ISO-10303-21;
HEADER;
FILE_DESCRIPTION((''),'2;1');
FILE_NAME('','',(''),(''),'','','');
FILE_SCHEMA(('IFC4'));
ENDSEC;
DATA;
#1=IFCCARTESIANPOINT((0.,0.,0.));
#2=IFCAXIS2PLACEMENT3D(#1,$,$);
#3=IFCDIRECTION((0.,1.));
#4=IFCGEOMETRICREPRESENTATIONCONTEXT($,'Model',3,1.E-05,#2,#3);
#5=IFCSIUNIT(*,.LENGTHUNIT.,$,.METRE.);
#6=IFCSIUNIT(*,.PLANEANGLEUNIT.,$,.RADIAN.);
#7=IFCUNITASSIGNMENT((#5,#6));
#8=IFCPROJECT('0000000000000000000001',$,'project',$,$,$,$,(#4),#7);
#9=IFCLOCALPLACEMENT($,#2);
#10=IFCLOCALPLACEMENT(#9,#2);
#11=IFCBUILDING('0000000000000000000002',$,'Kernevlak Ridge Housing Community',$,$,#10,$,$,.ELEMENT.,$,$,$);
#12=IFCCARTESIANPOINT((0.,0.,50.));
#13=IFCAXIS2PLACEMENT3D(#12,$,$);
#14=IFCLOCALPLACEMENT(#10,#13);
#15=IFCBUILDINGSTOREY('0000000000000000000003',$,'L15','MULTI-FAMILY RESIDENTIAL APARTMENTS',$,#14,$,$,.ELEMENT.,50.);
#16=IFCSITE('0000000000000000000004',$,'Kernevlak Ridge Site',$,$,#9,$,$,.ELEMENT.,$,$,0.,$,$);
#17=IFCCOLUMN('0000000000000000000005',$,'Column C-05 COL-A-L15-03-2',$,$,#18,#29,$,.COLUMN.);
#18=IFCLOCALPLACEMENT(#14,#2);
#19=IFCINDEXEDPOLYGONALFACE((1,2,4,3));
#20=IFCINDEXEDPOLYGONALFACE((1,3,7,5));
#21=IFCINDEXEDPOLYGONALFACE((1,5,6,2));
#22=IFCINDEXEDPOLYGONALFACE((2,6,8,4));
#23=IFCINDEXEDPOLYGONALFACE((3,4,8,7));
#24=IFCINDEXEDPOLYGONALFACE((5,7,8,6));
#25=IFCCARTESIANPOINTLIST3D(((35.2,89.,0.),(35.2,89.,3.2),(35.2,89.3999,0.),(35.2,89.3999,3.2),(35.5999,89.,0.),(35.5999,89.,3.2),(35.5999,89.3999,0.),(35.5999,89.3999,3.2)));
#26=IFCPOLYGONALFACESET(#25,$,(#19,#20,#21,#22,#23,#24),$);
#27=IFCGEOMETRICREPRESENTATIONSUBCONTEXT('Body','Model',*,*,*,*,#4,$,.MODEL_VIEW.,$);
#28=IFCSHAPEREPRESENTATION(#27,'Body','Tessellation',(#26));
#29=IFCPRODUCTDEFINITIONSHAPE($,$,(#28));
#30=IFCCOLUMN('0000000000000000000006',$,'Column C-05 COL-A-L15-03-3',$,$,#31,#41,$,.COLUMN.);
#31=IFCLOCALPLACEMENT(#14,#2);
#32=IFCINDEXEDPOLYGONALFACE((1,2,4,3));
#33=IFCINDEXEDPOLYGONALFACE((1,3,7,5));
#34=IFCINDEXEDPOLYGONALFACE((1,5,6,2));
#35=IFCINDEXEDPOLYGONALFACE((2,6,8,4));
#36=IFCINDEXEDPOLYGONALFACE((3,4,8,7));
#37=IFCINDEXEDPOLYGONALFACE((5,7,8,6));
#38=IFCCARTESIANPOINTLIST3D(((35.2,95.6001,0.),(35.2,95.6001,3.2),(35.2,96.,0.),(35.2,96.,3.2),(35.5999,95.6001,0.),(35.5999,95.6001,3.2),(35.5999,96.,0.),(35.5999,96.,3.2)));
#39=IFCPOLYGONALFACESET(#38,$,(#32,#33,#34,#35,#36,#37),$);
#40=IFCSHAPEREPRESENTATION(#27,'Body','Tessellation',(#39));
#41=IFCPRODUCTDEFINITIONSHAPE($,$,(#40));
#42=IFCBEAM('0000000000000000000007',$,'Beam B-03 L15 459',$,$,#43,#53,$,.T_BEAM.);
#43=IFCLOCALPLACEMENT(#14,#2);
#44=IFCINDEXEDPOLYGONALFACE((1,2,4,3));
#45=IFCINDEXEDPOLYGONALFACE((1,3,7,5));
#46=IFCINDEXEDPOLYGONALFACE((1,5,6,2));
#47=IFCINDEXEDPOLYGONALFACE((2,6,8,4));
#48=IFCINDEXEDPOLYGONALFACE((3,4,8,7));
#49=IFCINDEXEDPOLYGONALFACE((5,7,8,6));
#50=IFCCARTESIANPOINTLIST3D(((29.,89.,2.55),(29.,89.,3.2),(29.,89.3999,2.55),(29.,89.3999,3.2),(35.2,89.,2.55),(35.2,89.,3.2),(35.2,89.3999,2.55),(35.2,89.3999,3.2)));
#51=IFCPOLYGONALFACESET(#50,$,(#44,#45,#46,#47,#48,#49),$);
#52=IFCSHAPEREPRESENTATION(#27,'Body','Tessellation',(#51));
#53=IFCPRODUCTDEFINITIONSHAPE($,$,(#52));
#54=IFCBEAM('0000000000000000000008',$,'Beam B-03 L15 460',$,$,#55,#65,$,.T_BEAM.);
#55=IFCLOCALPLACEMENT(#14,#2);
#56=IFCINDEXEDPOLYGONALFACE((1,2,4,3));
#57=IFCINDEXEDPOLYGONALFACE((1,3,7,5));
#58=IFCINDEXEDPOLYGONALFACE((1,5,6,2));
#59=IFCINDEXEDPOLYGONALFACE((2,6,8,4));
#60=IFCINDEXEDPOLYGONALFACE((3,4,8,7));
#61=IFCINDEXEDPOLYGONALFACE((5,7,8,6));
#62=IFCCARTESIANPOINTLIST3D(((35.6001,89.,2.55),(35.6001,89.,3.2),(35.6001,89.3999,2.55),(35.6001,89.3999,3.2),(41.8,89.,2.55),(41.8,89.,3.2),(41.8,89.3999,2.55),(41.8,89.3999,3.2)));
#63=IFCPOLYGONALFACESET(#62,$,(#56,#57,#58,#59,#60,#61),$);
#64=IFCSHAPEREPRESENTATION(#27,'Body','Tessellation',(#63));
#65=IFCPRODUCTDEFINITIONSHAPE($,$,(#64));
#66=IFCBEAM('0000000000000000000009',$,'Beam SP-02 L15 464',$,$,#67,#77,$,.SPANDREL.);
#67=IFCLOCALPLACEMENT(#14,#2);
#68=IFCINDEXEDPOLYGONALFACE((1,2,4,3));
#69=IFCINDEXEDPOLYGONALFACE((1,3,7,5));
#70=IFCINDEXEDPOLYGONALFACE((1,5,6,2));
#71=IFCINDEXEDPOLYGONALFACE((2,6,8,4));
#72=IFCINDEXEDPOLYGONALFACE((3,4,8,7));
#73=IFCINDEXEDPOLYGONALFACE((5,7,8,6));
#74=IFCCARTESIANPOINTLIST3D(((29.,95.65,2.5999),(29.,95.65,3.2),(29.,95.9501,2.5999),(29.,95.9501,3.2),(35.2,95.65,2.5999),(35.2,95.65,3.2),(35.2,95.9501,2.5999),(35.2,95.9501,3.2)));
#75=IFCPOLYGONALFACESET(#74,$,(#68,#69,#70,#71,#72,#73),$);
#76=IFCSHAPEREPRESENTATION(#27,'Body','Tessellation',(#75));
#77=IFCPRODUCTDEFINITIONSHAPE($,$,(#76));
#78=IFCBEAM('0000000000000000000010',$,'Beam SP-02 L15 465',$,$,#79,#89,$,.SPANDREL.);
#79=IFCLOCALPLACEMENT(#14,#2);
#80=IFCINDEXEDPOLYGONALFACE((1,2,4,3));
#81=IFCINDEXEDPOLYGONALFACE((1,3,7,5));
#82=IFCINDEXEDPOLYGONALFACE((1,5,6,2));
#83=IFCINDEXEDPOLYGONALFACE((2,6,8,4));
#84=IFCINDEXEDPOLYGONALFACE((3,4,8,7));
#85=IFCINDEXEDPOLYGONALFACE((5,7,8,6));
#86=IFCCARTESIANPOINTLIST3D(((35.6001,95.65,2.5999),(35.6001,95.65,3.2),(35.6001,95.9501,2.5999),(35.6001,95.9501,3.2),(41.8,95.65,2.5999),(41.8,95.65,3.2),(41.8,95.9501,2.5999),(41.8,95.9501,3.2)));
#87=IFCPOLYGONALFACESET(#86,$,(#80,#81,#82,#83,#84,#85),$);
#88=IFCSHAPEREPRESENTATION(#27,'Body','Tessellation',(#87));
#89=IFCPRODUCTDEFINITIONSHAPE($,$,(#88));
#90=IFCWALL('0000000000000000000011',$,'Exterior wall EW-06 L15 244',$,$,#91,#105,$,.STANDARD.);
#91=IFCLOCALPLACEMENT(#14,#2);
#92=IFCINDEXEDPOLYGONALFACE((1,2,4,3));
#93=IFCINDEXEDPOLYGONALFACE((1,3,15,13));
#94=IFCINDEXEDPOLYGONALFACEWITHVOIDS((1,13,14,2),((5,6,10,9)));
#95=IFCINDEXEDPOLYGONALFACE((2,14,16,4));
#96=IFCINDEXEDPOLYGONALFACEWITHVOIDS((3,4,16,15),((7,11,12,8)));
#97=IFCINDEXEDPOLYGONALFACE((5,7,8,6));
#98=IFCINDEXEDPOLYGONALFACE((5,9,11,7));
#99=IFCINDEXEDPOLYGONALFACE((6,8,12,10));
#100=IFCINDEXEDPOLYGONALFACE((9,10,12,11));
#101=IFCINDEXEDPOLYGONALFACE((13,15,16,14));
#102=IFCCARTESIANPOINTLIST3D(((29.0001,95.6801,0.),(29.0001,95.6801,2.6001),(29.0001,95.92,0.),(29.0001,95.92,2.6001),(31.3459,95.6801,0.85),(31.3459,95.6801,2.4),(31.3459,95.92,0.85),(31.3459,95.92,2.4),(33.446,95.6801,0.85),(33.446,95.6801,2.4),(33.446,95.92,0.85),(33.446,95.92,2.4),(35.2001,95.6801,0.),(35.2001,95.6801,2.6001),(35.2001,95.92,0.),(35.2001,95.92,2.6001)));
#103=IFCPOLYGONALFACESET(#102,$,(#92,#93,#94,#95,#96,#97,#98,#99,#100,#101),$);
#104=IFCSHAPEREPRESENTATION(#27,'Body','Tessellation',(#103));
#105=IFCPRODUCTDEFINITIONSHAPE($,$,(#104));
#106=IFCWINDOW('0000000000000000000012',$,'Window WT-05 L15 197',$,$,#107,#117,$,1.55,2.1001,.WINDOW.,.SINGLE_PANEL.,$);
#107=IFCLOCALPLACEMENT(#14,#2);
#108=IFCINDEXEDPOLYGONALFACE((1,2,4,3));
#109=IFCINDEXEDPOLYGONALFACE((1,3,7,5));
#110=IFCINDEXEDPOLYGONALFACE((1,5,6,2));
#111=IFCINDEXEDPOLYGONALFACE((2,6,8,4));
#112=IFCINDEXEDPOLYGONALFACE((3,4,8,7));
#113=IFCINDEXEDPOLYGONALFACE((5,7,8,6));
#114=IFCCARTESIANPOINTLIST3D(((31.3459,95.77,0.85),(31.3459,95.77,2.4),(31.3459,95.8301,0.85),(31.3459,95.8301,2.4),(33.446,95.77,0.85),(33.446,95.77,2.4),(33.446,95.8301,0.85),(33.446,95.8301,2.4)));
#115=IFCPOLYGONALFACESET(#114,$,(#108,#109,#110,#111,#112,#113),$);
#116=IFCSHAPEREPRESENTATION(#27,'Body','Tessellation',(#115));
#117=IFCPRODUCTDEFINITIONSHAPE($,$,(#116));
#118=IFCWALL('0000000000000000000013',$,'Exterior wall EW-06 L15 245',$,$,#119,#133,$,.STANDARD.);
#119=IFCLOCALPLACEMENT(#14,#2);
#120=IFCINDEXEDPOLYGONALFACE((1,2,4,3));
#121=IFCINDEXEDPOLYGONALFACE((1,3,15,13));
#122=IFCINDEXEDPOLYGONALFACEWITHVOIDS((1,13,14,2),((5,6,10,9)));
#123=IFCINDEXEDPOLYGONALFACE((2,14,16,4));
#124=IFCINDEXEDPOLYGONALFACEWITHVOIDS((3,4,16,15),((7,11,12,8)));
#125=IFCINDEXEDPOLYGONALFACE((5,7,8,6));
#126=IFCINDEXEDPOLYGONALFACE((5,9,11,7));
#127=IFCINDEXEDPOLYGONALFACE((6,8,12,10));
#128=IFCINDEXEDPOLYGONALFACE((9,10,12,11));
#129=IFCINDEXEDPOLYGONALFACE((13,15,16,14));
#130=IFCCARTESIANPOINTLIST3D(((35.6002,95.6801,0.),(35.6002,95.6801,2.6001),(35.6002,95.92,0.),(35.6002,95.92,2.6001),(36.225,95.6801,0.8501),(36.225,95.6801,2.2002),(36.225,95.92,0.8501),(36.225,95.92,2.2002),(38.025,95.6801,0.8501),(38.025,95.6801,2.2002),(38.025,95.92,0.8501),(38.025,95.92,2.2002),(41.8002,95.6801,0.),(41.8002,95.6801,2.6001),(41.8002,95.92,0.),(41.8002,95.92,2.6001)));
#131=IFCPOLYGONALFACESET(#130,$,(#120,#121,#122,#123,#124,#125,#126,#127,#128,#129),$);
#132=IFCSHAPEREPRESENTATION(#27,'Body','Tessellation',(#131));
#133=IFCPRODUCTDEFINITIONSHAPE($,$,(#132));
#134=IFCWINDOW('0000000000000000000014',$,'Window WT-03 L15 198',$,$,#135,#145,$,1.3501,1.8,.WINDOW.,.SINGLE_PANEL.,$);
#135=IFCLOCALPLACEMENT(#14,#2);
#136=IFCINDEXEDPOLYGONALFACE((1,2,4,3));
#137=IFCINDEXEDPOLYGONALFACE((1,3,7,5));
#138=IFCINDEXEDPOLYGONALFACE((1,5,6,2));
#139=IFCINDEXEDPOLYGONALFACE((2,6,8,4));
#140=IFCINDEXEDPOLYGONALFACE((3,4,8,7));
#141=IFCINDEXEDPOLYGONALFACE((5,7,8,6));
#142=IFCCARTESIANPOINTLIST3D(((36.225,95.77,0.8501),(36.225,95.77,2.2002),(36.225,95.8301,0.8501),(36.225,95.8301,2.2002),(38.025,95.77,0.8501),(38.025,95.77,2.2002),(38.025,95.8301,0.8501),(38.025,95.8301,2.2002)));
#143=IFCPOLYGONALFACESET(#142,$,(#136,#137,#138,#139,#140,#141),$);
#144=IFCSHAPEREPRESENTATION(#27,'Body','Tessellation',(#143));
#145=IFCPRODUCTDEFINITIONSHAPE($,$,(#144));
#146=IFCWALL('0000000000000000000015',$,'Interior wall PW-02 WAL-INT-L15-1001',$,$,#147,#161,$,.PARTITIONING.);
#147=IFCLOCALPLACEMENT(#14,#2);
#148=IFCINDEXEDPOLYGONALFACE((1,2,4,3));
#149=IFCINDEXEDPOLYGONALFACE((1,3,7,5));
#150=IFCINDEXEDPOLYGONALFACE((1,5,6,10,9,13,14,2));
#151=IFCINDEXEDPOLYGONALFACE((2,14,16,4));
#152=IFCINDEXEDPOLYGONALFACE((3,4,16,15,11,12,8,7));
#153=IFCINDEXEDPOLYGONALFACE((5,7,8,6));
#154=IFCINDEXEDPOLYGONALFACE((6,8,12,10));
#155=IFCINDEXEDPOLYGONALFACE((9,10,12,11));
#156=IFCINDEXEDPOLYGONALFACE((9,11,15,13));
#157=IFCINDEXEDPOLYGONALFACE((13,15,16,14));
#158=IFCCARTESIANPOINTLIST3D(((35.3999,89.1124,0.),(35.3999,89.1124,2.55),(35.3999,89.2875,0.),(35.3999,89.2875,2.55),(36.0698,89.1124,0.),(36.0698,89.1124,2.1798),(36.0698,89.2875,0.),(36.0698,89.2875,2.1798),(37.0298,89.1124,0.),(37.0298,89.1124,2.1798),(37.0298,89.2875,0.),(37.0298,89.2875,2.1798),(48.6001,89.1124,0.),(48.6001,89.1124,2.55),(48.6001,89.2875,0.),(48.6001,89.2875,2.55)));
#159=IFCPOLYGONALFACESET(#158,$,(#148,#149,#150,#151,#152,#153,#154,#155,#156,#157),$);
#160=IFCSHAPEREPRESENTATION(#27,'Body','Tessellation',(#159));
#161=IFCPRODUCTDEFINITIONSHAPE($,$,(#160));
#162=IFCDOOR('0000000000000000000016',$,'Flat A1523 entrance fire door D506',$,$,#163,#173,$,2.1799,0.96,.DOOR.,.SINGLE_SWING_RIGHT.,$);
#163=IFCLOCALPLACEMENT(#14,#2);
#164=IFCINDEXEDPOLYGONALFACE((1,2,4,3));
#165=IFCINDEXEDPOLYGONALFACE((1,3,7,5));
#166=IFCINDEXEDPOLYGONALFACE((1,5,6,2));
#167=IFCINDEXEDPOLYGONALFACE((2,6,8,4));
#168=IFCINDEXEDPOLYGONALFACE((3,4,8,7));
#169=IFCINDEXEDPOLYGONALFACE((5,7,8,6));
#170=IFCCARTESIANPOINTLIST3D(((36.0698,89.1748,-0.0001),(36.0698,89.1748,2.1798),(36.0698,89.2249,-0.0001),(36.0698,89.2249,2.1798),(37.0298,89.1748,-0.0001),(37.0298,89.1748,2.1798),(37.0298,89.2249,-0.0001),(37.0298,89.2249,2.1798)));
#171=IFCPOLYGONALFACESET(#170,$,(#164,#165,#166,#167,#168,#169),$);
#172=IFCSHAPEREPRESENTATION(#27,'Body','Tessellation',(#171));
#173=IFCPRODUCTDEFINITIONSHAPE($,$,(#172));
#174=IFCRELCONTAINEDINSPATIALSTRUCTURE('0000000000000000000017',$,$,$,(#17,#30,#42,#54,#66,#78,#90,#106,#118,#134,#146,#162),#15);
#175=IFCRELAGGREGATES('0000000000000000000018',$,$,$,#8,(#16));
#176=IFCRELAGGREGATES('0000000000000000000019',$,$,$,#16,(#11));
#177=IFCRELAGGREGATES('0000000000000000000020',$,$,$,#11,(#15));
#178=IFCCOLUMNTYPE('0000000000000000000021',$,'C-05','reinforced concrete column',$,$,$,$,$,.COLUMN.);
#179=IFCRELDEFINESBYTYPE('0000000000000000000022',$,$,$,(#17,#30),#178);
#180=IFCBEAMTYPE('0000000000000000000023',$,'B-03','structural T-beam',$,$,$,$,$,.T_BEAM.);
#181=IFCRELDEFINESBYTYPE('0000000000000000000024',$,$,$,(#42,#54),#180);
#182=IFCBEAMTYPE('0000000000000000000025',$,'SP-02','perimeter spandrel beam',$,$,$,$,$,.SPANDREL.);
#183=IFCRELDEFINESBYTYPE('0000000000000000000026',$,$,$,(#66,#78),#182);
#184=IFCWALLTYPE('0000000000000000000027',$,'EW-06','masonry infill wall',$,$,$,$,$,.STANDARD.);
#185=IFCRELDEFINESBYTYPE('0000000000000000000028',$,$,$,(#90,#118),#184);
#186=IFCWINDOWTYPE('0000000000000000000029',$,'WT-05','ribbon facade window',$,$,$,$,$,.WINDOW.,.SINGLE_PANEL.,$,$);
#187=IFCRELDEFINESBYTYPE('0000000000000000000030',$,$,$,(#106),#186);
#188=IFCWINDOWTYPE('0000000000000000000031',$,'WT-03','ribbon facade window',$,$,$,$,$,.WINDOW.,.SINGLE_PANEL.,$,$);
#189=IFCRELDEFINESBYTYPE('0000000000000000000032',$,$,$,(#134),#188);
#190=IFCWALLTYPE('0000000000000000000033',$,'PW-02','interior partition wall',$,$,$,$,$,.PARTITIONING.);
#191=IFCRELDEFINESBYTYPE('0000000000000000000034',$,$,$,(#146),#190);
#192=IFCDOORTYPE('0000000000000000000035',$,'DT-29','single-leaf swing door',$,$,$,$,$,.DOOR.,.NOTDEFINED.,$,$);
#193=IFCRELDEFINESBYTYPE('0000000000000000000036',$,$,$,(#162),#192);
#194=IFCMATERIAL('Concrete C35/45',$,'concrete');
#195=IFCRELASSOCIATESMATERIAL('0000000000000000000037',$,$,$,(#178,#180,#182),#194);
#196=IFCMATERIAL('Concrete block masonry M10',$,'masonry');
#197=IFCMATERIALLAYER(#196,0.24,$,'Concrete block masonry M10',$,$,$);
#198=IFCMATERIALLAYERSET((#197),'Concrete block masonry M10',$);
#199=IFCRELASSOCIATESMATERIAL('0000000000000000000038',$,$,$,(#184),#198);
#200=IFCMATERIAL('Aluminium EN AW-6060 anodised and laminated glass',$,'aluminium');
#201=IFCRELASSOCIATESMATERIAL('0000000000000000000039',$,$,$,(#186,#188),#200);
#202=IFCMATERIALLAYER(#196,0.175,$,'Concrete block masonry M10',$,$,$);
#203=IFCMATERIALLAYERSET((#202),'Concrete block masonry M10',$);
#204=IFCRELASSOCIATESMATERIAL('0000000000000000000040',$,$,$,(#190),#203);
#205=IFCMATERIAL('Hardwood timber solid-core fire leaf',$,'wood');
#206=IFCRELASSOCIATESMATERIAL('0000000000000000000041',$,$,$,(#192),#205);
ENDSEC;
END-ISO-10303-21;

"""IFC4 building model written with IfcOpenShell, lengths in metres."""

from ifc_helpers import new_model, si_unit, direction, frame, frame_2d, origin, origin_2d, place, context, subcontext, project, spatial, rectangle, extrude, material, layer, layer_set, material_profile, profile_set, type_object, element, fill, save


model = new_model("IFC4")

# Units and contexts
model_context = context("Model", 3, precision=1e-05, world=origin(), true_north=direction((0.0, 1.0)))
body_context = subcontext(model_context, "Body", "Model", "MODEL_VIEW")
ifc_project = project(units=[si_unit("LENGTHUNIT", "METRE"), si_unit("PLANEANGLEUNIT", "RADIAN")], contexts=[model_context])

# Site, building, storey
site_placement = place(None, origin())
site = spatial("IfcSite", under=ifc_project, at=site_placement, Name="Kernevlak Ridge Site", CompositionType="ELEMENT", RefElevation=0.0)
building_placement = place(site_placement, origin())
building = spatial("IfcBuilding", under=site, at=building_placement, Name="Kernevlak Ridge Housing Community", CompositionType="ELEMENT")
storey_placement = place(building_placement, frame((0.0, 0.0, 50.0)))
storey = spatial("IfcBuildingStorey", under=building, at=storey_placement, Name="L15", Description="MULTI-FAMILY RESIDENTIAL APARTMENTS", CompositionType="ELEMENT", Elevation=50.0)

# Columns
ifc_material_1 = material(Name="Concrete C35/45", Category="concrete")
ifc_material_profile_1 = material_profile(ifc_material_1, rectangle(XDim=0.3999, YDim=0.3999, at=origin_2d()), Name="RC 400x400")
ifc_profile_set_1 = profile_set([ifc_material_profile_1], Name="Concrete C35/45")
column_type = type_object("IfcColumnType", Name="C-05", Description="reinforced concrete column", PredefinedType="COLUMN", material=ifc_profile_set_1)
for number, where, z_axis, x_axis, name in (
    (1, (35.3999, 89.2, 0.0), (0.0, 0.0, 1.0), (1.0, 0.0, 0.0), "Column C-05 COL-A-L15-03-2"),
    (2, (35.3999, 95.8, 0.0), (0.0, 0.0, 1.0), (1.0, 0.0, 0.0), "Column C-05 COL-A-L15-03-3"),
):
    element("IfcColumn", number, at=place(storey_placement, frame(where, z_axis=z_axis, x_axis=x_axis)), inside=storey, type_object=column_type, Name=name, PredefinedType="COLUMN", context=body_context, shape_type="SweptSolid", body=[
        extrude(rectangle(XDim=0.3999, YDim=0.3999, at=origin_2d()), origin(), (0.0, 0.0, 1.0), 3.2),
    ])

# Beams
ifc_material_profile_2 = material_profile(ifc_material_1, rectangle(XDim=0.3999, YDim=0.6499, at=origin_2d()), Name="RC 400x650")
ifc_profile_set_2 = profile_set([ifc_material_profile_2], Name="Concrete C35/45")
beam_type_1 = type_object("IfcBeamType", Name="B-03", Description="structural T-beam", PredefinedType="T_BEAM", material=ifc_profile_set_2)
for number, where, z_axis, x_axis, name in (
    (3, (29.0, 89.2, 2.875), (1.0, 0.0, 0.0), (0.0, 1.0, 0.0), "Beam B-03 L15 459"),
    (4, (35.6001, 89.2, 2.875), (1.0, 0.0, 0.0), (0.0, 1.0, 0.0), "Beam B-03 L15 460"),
):
    element("IfcBeam", number, at=place(storey_placement, frame(where, z_axis=z_axis, x_axis=x_axis)), inside=storey, type_object=beam_type_1, Name=name, PredefinedType="T_BEAM", context=body_context, shape_type="SweptSolid", body=[
        extrude(rectangle(XDim=0.3999, YDim=0.6499, at=origin_2d()), origin(), (0.0, 0.0, 1.0), 6.2),
    ])
ifc_material_profile_3 = material_profile(ifc_material_1, rectangle(XDim=0.3, YDim=0.6001, at=origin_2d()), Name="RC 300x600")
ifc_profile_set_3 = profile_set([ifc_material_profile_3], Name="Concrete C35/45")
beam_type_2 = type_object("IfcBeamType", Name="SP-02", Description="perimeter spandrel beam", PredefinedType="SPANDREL", material=ifc_profile_set_3)
for number, where, z_axis, x_axis, name in (
    (5, (29.0, 95.8, 2.8999), (1.0, 0.0, 0.0), (0.0, 1.0, 0.0), "Beam SP-02 L15 464"),
    (6, (35.6001, 95.8, 2.8999), (1.0, 0.0, 0.0), (0.0, 1.0, 0.0), "Beam SP-02 L15 465"),
):
    element("IfcBeam", number, at=place(storey_placement, frame(where, z_axis=z_axis, x_axis=x_axis)), inside=storey, type_object=beam_type_2, Name=name, PredefinedType="SPANDREL", context=body_context, shape_type="SweptSolid", body=[
        extrude(rectangle(XDim=0.3, YDim=0.6001, at=origin_2d()), origin(), (0.0, 0.0, 1.0), 6.2),
    ])

# Walls, openings, windows
ifc_material_2 = material(Name="Concrete block masonry M10", Category="masonry")
ifc_layer_1 = layer(ifc_material_2, 0.24, Name="Concrete block masonry M10")
ifc_layer_set_1 = layer_set([ifc_layer_1], Name="Concrete block masonry M10")
wall_type_1 = type_object("IfcWallType", Name="EW-06", Description="masonry infill wall", PredefinedType="STANDARD", material=ifc_layer_set_1)
wall_1_placement = place(storey_placement, frame((29.0, 95.8, 0.0), z_axis=(0.0, 0.0, 1.0), x_axis=(1.0, 0.0, 0.0)))
wall_1 = element("IfcWall", 7, at=wall_1_placement, inside=storey, type_object=wall_type_1, Name="Exterior wall EW-06 L15 244", PredefinedType="STANDARD", context=body_context, shape_type="SweptSolid", body=[
    extrude(rectangle(XDim=6.2, YDim=0.24, at=frame_2d((3.1001, 0.0))), origin(), (0.0, 0.0, 1.0), 2.6001),
])
opening_1_placement = place(wall_1_placement, frame((2.3459, 0.0, 0.8501)))
opening_1 = element("IfcOpeningElement", 8, at=opening_1_placement, cuts=wall_1, PredefinedType="OPENING", context=body_context, shape_type="SweptSolid", body=[
    extrude(rectangle(XDim=2.1001, YDim=1.55, at=frame_2d((1.05, 0.7749))), frame((0.0, 0.1299, 0.0), z_axis=(0.0, -1.0, 0.0), x_axis=(1.0, 0.0, 0.0)), (0.0, 0.0, 1.0), 0.26),
])
ifc_material_3 = material(Name="Aluminium EN AW-6060 anodised and laminated glass", Category="aluminium")
window_type_1 = type_object("IfcWindowType", Name="WT-05", Description="ribbon facade window", PartitioningType="SINGLE_PANEL", PredefinedType="WINDOW", material=ifc_material_3)
window_1_placement = place(opening_1_placement, origin())
window_1 = element("IfcWindow", 9, at=window_1_placement, inside=storey, type_object=window_type_1, Name="Window WT-05 L15 197", OverallHeight=1.55, OverallWidth=2.1001, PartitioningType="SINGLE_PANEL", PredefinedType="WINDOW", context=body_context, shape_type="SweptSolid", body=[
    extrude(rectangle(XDim=2.1001, YDim=1.55, at=frame_2d((1.05, 0.7749))), frame((0.0, 0.03, 0.0), z_axis=(0.0, -1.0, 0.0), x_axis=(1.0, 0.0, 0.0)), (0.0, 0.0, 1.0), 0.0601),
])
fill(opening_1, window_1)
wall_2_placement = place(storey_placement, frame((35.6001, 95.8, 0.0), z_axis=(0.0, 0.0, 1.0), x_axis=(1.0, 0.0, 0.0)))
wall_2 = element("IfcWall", 10, at=wall_2_placement, inside=storey, type_object=wall_type_1, Name="Exterior wall EW-06 L15 245", PredefinedType="STANDARD", context=body_context, shape_type="SweptSolid", body=[
    extrude(rectangle(XDim=6.2, YDim=0.24, at=frame_2d((3.1001, 0.0))), origin(), (0.0, 0.0, 1.0), 2.6001),
])
opening_2_placement = place(wall_2_placement, frame((0.625, 0.0, 0.8501)))
opening_2 = element("IfcOpeningElement", 11, at=opening_2_placement, cuts=wall_2, PredefinedType="OPENING", context=body_context, shape_type="SweptSolid", body=[
    extrude(rectangle(XDim=1.8, YDim=1.3501, at=frame_2d((0.8999, 0.675))), frame((0.0, 0.1299, 0.0), z_axis=(0.0, -1.0, 0.0), x_axis=(1.0, 0.0, 0.0)), (0.0, 0.0, 1.0), 0.26),
])
window_type_2 = type_object("IfcWindowType", Name="WT-03", Description="ribbon facade window", PartitioningType="SINGLE_PANEL", PredefinedType="WINDOW", material=ifc_material_3)
window_2_placement = place(opening_2_placement, origin())
window_2 = element("IfcWindow", 12, at=window_2_placement, inside=storey, type_object=window_type_2, Name="Window WT-03 L15 198", OverallHeight=1.3501, OverallWidth=1.8, PartitioningType="SINGLE_PANEL", PredefinedType="WINDOW", context=body_context, shape_type="SweptSolid", body=[
    extrude(rectangle(XDim=1.8, YDim=1.3501, at=frame_2d((0.8999, 0.675))), frame((0.0, 0.03, 0.0), z_axis=(0.0, -1.0, 0.0), x_axis=(1.0, 0.0, 0.0)), (0.0, 0.0, 1.0), 0.0601),
])
fill(opening_2, window_2)

# Wall, opening, door
ifc_layer_2 = layer(ifc_material_2, 0.175, Name="Concrete block masonry M10")
ifc_layer_set_2 = layer_set([ifc_layer_2], Name="Concrete block masonry M10")
wall_type_2 = type_object("IfcWallType", Name="PW-02", Description="interior partition wall", PredefinedType="PARTITIONING", material=ifc_layer_set_2)
wall_3_placement = place(storey_placement, frame((35.3999, 89.2, 0.0), z_axis=(0.0, 0.0, 1.0), x_axis=(1.0, 0.0, 0.0)))
wall_3 = element("IfcWall", 13, at=wall_3_placement, inside=storey, type_object=wall_type_2, Name="Interior wall PW-02 WAL-INT-L15-1001", PredefinedType="PARTITIONING", context=body_context, shape_type="SweptSolid", body=[
    extrude(rectangle(XDim=13.2002, YDim=0.175, at=frame_2d((6.6001, 0.0))), origin(), (0.0, 0.0, 1.0), 2.55),
])
opening_3_placement = place(wall_3_placement, frame((0.6699, 0.0, 0.0)))
opening_3 = element("IfcOpeningElement", 14, at=opening_3_placement, cuts=wall_3, PredefinedType="OPENING", context=body_context, shape_type="SweptSolid", body=[
    extrude(rectangle(XDim=0.96, YDim=2.1799, at=frame_2d((0.48, 1.0898))), frame((0.0, 0.0974, 0.0), z_axis=(0.0, -1.0, 0.0), x_axis=(1.0, 0.0, 0.0)), (0.0, 0.0, 1.0), 0.1951),
])
ifc_material_4 = material(Name="Hardwood timber solid-core fire leaf", Category="wood")
door_type_1 = type_object("IfcDoorType", Name="DT-29", Description="single-leaf swing door", OperationType="NOTDEFINED", PredefinedType="DOOR", material=ifc_material_4)
door_1_placement = place(opening_3_placement, origin())
door_1 = element("IfcDoor", 15, at=door_1_placement, inside=storey, type_object=door_type_1, Name="Flat A1523 entrance fire door D506", OperationType="SINGLE_SWING_RIGHT", OverallHeight=2.1799, OverallWidth=0.96, PredefinedType="DOOR", context=body_context, shape_type="SweptSolid", body=[
    extrude(rectangle(XDim=0.96, YDim=2.1799, at=frame_2d((0.48, 1.0898))), frame((0.0, 0.0249, 0.0), z_axis=(0.0, -1.0, 0.0), x_axis=(1.0, 0.0, 0.0)), (0.0, 0.0, 1.0), 0.05),
])
fill(opening_3, door_1)

save(model, "model.ifc")
